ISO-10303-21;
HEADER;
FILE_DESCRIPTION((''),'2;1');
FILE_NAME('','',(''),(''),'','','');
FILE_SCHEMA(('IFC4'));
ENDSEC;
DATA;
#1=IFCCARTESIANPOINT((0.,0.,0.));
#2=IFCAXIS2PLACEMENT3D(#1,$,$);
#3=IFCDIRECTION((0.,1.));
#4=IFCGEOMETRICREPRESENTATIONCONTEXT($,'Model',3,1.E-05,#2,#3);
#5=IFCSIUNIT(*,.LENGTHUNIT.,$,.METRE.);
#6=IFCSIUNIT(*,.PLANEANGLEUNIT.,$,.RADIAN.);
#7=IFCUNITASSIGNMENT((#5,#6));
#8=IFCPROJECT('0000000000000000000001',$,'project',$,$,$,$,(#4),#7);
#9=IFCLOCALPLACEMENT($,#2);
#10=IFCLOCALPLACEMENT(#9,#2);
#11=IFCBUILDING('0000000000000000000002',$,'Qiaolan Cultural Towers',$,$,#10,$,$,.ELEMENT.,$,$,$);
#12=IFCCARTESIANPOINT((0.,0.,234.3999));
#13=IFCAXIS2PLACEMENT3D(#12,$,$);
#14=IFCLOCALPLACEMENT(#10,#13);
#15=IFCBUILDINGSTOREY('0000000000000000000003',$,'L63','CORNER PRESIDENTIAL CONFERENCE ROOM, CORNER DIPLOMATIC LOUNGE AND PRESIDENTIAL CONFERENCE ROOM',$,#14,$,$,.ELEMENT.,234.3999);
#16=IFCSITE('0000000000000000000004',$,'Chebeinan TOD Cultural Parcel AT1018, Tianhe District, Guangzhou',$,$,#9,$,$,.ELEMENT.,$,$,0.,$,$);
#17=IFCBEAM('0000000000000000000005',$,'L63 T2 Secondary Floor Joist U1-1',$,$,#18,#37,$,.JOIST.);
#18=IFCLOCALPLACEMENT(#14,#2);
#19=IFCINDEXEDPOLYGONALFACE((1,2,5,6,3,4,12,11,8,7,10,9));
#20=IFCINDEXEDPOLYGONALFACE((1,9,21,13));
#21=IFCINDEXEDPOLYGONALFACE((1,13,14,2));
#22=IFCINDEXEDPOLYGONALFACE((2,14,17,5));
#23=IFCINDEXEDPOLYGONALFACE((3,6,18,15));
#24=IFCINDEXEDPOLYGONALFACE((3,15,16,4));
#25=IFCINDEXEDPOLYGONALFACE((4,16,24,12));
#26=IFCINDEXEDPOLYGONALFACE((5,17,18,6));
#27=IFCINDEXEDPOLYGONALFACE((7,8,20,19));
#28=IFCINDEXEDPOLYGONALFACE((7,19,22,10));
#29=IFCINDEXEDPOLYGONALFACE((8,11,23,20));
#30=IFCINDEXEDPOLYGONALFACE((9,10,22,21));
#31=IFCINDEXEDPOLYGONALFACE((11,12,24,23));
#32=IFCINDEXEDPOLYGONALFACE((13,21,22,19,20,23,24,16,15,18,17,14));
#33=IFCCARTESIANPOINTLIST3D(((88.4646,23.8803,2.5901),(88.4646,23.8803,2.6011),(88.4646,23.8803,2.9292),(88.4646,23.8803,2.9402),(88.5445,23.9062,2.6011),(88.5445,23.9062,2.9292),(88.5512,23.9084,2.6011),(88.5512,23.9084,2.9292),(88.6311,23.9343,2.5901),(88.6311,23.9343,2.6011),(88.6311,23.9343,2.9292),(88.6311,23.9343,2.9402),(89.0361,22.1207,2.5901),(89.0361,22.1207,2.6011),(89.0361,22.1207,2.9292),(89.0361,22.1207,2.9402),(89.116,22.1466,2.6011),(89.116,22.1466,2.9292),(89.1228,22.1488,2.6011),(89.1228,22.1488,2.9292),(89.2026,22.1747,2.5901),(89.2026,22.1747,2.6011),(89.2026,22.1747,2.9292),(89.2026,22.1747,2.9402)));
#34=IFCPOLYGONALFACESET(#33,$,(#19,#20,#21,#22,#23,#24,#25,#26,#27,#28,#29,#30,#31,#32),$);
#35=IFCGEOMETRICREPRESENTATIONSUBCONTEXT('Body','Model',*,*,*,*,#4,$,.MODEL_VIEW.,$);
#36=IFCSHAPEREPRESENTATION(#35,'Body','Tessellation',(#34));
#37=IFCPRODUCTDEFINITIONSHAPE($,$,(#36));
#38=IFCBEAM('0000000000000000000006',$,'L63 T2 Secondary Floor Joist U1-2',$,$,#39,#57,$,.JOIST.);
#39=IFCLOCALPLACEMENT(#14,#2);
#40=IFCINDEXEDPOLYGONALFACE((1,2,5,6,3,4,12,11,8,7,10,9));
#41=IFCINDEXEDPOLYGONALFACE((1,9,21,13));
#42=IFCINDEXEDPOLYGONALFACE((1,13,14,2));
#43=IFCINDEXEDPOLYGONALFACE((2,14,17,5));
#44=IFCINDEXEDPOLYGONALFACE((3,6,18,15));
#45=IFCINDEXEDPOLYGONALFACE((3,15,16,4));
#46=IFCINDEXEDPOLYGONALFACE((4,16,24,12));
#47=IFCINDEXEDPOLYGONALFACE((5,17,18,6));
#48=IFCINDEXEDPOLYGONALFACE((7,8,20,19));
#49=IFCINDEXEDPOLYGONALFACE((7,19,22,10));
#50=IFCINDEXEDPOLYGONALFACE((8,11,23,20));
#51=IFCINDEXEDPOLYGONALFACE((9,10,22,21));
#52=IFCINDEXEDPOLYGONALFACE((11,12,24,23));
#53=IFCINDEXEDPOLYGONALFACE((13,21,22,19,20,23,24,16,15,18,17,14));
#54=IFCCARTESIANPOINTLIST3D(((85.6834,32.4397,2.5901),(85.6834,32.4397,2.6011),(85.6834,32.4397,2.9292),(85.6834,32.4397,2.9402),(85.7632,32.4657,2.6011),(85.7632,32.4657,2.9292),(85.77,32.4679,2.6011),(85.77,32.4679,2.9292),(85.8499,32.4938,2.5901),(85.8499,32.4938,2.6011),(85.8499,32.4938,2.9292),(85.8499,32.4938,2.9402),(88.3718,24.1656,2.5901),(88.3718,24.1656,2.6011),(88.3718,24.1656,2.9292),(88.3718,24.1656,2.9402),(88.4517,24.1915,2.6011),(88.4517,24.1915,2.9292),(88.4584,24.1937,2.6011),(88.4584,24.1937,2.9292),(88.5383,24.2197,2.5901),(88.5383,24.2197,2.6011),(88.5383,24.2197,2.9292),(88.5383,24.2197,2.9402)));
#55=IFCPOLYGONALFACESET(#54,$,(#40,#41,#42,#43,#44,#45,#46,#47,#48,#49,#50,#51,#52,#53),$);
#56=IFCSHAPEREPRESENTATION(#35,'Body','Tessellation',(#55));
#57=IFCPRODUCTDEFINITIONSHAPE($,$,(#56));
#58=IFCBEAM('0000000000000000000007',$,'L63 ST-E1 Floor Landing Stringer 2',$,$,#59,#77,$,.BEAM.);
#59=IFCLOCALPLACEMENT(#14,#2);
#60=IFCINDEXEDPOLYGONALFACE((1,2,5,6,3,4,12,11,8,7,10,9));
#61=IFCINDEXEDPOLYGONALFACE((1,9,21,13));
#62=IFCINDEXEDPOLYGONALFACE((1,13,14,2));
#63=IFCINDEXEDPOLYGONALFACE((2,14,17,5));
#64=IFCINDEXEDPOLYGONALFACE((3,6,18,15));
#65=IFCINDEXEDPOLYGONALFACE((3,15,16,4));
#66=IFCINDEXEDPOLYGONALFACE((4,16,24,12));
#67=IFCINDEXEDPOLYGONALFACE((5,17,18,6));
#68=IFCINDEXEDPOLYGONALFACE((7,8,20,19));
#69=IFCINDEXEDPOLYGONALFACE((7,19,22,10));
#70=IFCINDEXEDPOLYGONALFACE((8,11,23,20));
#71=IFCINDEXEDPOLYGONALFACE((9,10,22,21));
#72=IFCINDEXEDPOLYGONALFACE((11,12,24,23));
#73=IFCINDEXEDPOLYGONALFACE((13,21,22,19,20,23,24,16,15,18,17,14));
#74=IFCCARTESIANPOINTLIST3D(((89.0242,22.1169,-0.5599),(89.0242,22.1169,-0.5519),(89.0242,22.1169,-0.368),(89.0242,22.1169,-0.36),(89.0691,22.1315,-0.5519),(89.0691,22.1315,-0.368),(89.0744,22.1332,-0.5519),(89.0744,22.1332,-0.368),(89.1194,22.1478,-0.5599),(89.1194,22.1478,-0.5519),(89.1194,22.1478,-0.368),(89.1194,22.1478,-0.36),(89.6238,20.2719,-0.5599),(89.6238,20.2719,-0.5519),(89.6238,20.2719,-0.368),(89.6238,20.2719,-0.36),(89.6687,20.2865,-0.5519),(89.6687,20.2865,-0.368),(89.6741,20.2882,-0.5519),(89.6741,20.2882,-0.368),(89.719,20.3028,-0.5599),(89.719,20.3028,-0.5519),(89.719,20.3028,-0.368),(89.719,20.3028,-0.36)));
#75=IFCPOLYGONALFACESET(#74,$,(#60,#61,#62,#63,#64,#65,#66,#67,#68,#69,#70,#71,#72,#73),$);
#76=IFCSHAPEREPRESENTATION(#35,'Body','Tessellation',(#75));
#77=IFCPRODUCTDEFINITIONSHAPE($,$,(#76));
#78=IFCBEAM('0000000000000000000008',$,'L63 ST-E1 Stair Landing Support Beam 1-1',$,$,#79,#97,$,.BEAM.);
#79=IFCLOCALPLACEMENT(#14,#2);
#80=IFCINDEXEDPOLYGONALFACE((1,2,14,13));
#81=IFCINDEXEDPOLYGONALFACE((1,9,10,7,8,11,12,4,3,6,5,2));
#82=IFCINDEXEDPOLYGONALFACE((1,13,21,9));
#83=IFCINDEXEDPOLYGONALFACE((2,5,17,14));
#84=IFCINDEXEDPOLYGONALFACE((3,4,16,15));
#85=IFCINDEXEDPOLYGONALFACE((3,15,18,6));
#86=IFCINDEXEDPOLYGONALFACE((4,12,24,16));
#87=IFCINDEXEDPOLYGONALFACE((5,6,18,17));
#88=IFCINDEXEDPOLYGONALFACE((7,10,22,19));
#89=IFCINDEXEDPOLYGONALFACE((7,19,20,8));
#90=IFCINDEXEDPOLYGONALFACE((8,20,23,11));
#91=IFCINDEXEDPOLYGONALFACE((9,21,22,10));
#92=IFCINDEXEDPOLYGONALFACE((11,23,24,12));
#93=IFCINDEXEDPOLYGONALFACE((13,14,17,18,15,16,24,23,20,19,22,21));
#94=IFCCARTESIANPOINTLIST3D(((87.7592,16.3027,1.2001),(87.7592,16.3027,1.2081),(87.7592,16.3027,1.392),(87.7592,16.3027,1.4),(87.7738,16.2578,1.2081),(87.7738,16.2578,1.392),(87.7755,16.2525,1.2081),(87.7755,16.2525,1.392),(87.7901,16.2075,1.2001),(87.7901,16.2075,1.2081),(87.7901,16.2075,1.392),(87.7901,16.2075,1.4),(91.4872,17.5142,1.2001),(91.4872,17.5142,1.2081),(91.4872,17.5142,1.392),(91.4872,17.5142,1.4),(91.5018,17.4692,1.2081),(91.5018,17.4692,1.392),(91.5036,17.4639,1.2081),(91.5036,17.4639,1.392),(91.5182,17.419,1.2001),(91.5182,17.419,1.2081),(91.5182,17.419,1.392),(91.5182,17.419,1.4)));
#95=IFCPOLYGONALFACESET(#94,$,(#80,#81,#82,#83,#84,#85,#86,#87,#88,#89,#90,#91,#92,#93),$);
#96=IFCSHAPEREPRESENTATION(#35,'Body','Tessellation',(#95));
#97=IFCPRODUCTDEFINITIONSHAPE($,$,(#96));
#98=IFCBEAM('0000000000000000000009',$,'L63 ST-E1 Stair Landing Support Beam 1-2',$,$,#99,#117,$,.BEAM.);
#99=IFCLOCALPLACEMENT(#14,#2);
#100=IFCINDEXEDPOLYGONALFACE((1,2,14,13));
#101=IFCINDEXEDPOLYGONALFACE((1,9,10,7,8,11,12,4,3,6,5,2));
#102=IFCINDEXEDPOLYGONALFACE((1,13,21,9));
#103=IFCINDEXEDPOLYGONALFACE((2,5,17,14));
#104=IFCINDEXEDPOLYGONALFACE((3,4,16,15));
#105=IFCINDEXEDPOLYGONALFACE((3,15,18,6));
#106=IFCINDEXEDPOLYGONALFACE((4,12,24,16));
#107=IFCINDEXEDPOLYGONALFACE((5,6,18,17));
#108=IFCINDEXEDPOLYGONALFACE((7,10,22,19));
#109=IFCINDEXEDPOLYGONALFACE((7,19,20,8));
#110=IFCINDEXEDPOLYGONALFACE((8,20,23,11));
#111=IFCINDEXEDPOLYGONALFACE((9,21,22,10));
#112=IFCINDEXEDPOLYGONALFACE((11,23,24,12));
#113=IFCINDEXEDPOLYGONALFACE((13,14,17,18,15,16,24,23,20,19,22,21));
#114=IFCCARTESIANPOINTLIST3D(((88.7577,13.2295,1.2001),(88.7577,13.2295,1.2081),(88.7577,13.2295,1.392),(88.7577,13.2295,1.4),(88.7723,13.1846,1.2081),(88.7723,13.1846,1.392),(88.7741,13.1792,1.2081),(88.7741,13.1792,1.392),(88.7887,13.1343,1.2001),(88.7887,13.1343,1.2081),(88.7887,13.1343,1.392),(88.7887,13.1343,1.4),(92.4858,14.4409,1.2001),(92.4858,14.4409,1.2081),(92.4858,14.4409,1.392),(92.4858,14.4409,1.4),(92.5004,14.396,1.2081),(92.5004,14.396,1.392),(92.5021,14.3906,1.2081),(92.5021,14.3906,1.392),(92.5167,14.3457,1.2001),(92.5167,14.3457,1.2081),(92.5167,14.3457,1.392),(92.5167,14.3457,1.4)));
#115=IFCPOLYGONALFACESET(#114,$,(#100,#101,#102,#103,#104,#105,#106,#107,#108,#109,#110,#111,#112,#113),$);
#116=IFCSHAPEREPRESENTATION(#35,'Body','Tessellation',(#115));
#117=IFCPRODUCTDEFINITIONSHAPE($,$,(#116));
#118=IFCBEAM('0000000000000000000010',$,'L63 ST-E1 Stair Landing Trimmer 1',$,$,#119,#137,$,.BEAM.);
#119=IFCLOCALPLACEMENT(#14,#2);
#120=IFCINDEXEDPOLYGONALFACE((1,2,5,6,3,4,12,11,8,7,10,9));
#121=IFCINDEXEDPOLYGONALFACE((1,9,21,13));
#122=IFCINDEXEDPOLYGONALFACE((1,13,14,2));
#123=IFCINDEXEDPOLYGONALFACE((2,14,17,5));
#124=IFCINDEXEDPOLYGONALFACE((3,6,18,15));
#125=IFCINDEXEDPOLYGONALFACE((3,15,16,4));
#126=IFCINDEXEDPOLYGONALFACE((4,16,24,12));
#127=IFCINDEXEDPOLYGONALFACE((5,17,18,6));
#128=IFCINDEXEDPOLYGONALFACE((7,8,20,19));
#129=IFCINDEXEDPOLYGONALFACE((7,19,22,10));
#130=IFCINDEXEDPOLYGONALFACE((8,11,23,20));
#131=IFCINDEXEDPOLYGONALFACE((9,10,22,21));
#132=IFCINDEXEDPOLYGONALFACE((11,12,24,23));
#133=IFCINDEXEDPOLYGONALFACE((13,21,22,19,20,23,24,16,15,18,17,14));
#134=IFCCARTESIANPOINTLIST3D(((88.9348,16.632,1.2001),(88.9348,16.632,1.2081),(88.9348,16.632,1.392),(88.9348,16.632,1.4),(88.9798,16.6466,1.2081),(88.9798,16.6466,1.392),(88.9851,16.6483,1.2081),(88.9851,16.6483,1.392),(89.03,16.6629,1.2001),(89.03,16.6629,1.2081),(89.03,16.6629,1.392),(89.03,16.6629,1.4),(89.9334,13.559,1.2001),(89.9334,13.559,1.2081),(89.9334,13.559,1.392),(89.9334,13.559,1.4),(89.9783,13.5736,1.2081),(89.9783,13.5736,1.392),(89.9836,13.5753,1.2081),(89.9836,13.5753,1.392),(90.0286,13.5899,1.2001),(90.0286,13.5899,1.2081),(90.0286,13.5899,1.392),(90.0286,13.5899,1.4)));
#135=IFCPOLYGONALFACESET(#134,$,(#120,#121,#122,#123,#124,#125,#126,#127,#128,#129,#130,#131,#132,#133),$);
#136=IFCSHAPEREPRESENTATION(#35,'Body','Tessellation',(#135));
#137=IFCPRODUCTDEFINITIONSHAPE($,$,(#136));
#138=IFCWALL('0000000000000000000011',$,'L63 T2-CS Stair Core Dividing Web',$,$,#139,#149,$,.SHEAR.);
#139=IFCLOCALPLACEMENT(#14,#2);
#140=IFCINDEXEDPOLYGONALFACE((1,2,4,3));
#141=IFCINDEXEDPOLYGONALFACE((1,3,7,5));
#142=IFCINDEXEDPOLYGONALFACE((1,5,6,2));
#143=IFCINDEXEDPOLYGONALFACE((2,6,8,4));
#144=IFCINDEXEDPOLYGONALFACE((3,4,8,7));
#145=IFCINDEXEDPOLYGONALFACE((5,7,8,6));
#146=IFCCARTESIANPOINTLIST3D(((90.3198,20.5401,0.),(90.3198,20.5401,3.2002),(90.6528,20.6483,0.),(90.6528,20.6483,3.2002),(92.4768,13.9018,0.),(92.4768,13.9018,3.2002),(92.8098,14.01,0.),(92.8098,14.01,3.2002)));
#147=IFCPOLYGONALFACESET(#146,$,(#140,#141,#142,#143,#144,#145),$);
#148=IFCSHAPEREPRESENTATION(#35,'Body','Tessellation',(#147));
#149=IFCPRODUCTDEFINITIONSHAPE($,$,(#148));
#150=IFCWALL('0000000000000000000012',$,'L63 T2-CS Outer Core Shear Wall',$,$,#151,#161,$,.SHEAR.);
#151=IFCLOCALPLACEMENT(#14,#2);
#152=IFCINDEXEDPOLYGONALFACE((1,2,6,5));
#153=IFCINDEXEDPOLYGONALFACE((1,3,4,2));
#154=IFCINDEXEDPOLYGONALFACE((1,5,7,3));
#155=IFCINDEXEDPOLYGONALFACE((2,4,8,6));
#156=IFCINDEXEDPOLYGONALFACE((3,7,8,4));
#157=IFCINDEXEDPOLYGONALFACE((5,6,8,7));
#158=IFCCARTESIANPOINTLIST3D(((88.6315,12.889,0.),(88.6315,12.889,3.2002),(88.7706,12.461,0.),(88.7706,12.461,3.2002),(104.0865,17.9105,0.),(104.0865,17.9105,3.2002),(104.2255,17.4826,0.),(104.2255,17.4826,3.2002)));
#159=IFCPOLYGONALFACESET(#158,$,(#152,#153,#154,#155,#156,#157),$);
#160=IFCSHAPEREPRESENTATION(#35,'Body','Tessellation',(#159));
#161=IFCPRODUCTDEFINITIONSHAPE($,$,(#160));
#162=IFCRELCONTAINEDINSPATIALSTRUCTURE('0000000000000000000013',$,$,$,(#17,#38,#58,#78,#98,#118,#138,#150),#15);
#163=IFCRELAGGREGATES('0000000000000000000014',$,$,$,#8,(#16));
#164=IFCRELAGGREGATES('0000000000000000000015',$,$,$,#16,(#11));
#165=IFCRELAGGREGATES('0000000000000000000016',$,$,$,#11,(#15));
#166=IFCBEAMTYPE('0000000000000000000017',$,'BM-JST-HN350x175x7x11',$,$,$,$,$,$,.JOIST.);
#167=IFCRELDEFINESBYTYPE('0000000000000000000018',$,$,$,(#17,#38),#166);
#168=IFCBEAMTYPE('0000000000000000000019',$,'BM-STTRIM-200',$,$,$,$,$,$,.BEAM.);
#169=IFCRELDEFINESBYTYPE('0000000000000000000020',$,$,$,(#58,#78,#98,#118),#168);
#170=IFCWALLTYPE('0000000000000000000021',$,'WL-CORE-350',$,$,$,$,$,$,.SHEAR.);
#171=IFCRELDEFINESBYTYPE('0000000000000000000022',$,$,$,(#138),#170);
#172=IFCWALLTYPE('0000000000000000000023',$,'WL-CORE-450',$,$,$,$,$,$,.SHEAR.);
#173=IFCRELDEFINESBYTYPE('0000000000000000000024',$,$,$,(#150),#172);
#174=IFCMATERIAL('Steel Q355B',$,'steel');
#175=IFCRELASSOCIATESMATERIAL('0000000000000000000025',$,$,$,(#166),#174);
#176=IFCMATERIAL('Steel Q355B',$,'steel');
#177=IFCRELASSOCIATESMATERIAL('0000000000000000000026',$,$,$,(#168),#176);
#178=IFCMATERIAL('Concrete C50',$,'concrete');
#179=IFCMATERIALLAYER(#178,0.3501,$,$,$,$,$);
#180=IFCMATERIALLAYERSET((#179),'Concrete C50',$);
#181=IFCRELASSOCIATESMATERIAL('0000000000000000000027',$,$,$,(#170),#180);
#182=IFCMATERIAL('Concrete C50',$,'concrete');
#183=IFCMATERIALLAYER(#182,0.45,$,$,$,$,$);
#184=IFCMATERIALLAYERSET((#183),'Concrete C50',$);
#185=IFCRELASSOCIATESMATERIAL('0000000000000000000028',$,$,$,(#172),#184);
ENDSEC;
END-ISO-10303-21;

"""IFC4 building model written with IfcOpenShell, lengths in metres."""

from ifc_helpers import new_model, si_unit, direction, frame, frame_2d, origin, origin_2d, place, context, subcontext, project, spatial, rectangle, i_section, extrude, material, layer, layer_set, material_profile, profile_set, type_object, element, save


model = new_model("IFC4")

# Units and contexts
model_context = context("Model", 3, precision=1e-05, world=origin(), true_north=direction((0.0, 1.0)))
body_context = subcontext(model_context, "Body", "Model", "MODEL_VIEW")
ifc_project = project(units=[si_unit("LENGTHUNIT", "METRE"), si_unit("PLANEANGLEUNIT", "RADIAN")], contexts=[model_context])

# Site, building, storey
site_placement = place(None, origin())
site = spatial("IfcSite", under=ifc_project, at=site_placement, Name="Chebeinan TOD Cultural Parcel AT1018, Tianhe District, Guangzhou", CompositionType="ELEMENT", RefElevation=0.0)
building_placement = place(site_placement, origin())
building = spatial("IfcBuilding", under=site, at=building_placement, Name="Qiaolan Cultural Towers", CompositionType="ELEMENT")
storey_placement = place(building_placement, frame((0.0, 0.0, 234.3999)))
storey = spatial("IfcBuildingStorey", under=building, at=storey_placement, Name="L63", Description="CORNER PRESIDENTIAL CONFERENCE ROOM, CORNER DIPLOMATIC LOUNGE AND PRESIDENTIAL CONFERENCE ROOM", CompositionType="ELEMENT", Elevation=234.3999)

# Beams
ifc_material_1 = material(Name="Steel Q355B", Category="steel")
ifc_material_profile_1 = material_profile(ifc_material_1, i_section(OverallWidth=0.175, OverallDepth=0.3501, WebThickness=0.0071, FlangeThickness=0.011, at=origin_2d()), Name="HN350x175x7x11")
ifc_profile_set_1 = profile_set([ifc_material_profile_1], Name="Steel Q355B")
beam_type_1 = type_object("IfcBeamType", Name="BM-JST-HN350x175x7x11", PredefinedType="JOIST", material=ifc_profile_set_1)
beam_1_placement = place(storey_placement, frame((89.1194, 22.1477, 2.7651), z_axis=(-0.308934, 0.951084, 0.0), x_axis=(-0.951084, -0.308934, 0.0)))
element("IfcBeam", 1, at=beam_1_placement, inside=storey, type_object=beam_type_1, Name="L63 T2 Secondary Floor Joist U1-1", PredefinedType="JOIST", context=body_context, shape_type="SweptSolid", body=[
    extrude(i_section(OverallWidth=0.175, OverallDepth=0.3501, WebThickness=0.0071, FlangeThickness=0.011, at=origin_2d()), origin(), (0.0, 0.0, 1.0), 1.8501),
])
beam_2_placement = place(storey_placement, frame((88.4551, 24.1926, 2.7651), z_axis=(-0.309021, 0.951055, 0.0), x_axis=(-0.951055, -0.309021, 0.0)))
element("IfcBeam", 2, at=beam_2_placement, inside=storey, type_object=beam_type_1, Name="L63 T2 Secondary Floor Joist U1-2", PredefinedType="JOIST", context=body_context, shape_type="SweptSolid", body=[
    extrude(i_section(OverallWidth=0.175, OverallDepth=0.3501, WebThickness=0.0071, FlangeThickness=0.011, at=origin_2d()), origin(), (0.0, 0.0, 1.0), 8.7),
])
ifc_material_2 = material(Name="Steel Q355B", Category="steel")
ifc_material_profile_2 = material_profile(ifc_material_2, i_section(OverallWidth=0.1001, OverallDepth=0.2, WebThickness=0.0056, FlangeThickness=0.0081, at=origin_2d()), Name="HN200x100x5.5x8")
ifc_profile_set_2 = profile_set([ifc_material_profile_2], Name="Steel Q355B")
beam_type_2 = type_object("IfcBeamType", Name="BM-STTRIM-200", PredefinedType="BEAM", material=ifc_profile_set_2)
beam_3_placement = place(storey_placement, frame((89.0718, 22.1323, -0.46), z_axis=(0.309083, -0.951035, 0.0), x_axis=(0.951035, 0.309083, 0.0)))
element("IfcBeam", 3, at=beam_3_placement, inside=storey, type_object=beam_type_2, Name="L63 ST-E1 Floor Landing Stringer 2", PredefinedType="BEAM", context=body_context, shape_type="SweptSolid", body=[
    extrude(i_section(OverallWidth=0.1001, OverallDepth=0.2, WebThickness=0.0056, FlangeThickness=0.0081, at=origin_2d()), origin(), (0.0, 0.0, 1.0), 1.9399),
])
for number, where, z_axis, x_axis, name in (
    (4, (87.7747, 16.2551, 1.3), (0.951048, 0.309044, 0.0), (-0.309044, 0.951048, 0.0), "L63 ST-E1 Stair Landing Support Beam 1-1"),
    (5, (88.7732, 13.1819, 1.3), (0.951048, 0.309044, 0.0), (-0.309044, 0.951048, 0.0), "L63 ST-E1 Stair Landing Support Beam 1-2"),
):
    element("IfcBeam", number, at=place(storey_placement, frame(where, z_axis=z_axis, x_axis=x_axis)), inside=storey, type_object=beam_type_2, Name=name, PredefinedType="BEAM", context=body_context, shape_type="SweptSolid", body=[
        extrude(i_section(OverallWidth=0.1001, OverallDepth=0.2, WebThickness=0.0056, FlangeThickness=0.0081, at=origin_2d()), origin(), (0.0, 0.0, 1.0), 3.9199),
    ])
beam_4_placement = place(storey_placement, frame((88.9824, 16.6475, 1.3), z_axis=(0.309033, -0.951051, 0.0), x_axis=(0.951051, 0.309033, 0.0)))
element("IfcBeam", 6, at=beam_4_placement, inside=storey, type_object=beam_type_2, Name="L63 ST-E1 Stair Landing Trimmer 1", PredefinedType="BEAM", context=body_context, shape_type="SweptSolid", body=[
    extrude(i_section(OverallWidth=0.1001, OverallDepth=0.2, WebThickness=0.0056, FlangeThickness=0.0081, at=origin_2d()), origin(), (0.0, 0.0, 1.0), 3.2312),
])

# Walls
ifc_material_3 = material(Name="Concrete C50", Category="concrete")
ifc_layer_1 = layer(ifc_material_3, 0.3501)
ifc_layer_set_1 = layer_set([ifc_layer_1], Name="Concrete C50")
wall_type_1 = type_object("IfcWallType", Name="WL-CORE-350", PredefinedType="SHEAR", material=ifc_layer_set_1)
wall_1_placement = place(storey_placement, frame((90.4863, 20.5942, 0.0), z_axis=(0.0, 0.0, 1.0), x_axis=(0.30902, -0.951055, 0.0)))
element("IfcWall", 7, at=wall_1_placement, inside=storey, type_object=wall_type_1, Name="L63 T2-CS Stair Core Dividing Web", PredefinedType="SHEAR", context=body_context, shape_type="SweptSolid", body=[
    extrude(rectangle(XDim=6.98, YDim=0.3501, at=frame_2d((3.49, 0.0))), origin(), (0.0, 0.0, 1.0), 3.2002),
])
ifc_material_4 = material(Name="Concrete C50", Category="concrete")
ifc_layer_2 = layer(ifc_material_4, 0.45)
ifc_layer_set_2 = layer_set([ifc_layer_2], Name="Concrete C50")
wall_type_2 = type_object("IfcWallType", Name="WL-CORE-450", PredefinedType="SHEAR", material=ifc_layer_set_2)
wall_2_placement = place(storey_placement, frame((88.7012, 12.675, 0.0), z_axis=(0.0, 0.0, 1.0), x_axis=(0.951058, 0.309012, 0.0)))
element("IfcWall", 8, at=wall_2_placement, inside=storey, type_object=wall_type_2, Name="L63 T2-CS Outer Core Shear Wall", PredefinedType="SHEAR", context=body_context, shape_type="SweptSolid", body=[
    extrude(rectangle(XDim=16.2502, YDim=0.45, at=frame_2d((8.125, 0.0))), origin(), (0.0, 0.0, 1.0), 3.2002),
])

save(model, "model.ifc")
